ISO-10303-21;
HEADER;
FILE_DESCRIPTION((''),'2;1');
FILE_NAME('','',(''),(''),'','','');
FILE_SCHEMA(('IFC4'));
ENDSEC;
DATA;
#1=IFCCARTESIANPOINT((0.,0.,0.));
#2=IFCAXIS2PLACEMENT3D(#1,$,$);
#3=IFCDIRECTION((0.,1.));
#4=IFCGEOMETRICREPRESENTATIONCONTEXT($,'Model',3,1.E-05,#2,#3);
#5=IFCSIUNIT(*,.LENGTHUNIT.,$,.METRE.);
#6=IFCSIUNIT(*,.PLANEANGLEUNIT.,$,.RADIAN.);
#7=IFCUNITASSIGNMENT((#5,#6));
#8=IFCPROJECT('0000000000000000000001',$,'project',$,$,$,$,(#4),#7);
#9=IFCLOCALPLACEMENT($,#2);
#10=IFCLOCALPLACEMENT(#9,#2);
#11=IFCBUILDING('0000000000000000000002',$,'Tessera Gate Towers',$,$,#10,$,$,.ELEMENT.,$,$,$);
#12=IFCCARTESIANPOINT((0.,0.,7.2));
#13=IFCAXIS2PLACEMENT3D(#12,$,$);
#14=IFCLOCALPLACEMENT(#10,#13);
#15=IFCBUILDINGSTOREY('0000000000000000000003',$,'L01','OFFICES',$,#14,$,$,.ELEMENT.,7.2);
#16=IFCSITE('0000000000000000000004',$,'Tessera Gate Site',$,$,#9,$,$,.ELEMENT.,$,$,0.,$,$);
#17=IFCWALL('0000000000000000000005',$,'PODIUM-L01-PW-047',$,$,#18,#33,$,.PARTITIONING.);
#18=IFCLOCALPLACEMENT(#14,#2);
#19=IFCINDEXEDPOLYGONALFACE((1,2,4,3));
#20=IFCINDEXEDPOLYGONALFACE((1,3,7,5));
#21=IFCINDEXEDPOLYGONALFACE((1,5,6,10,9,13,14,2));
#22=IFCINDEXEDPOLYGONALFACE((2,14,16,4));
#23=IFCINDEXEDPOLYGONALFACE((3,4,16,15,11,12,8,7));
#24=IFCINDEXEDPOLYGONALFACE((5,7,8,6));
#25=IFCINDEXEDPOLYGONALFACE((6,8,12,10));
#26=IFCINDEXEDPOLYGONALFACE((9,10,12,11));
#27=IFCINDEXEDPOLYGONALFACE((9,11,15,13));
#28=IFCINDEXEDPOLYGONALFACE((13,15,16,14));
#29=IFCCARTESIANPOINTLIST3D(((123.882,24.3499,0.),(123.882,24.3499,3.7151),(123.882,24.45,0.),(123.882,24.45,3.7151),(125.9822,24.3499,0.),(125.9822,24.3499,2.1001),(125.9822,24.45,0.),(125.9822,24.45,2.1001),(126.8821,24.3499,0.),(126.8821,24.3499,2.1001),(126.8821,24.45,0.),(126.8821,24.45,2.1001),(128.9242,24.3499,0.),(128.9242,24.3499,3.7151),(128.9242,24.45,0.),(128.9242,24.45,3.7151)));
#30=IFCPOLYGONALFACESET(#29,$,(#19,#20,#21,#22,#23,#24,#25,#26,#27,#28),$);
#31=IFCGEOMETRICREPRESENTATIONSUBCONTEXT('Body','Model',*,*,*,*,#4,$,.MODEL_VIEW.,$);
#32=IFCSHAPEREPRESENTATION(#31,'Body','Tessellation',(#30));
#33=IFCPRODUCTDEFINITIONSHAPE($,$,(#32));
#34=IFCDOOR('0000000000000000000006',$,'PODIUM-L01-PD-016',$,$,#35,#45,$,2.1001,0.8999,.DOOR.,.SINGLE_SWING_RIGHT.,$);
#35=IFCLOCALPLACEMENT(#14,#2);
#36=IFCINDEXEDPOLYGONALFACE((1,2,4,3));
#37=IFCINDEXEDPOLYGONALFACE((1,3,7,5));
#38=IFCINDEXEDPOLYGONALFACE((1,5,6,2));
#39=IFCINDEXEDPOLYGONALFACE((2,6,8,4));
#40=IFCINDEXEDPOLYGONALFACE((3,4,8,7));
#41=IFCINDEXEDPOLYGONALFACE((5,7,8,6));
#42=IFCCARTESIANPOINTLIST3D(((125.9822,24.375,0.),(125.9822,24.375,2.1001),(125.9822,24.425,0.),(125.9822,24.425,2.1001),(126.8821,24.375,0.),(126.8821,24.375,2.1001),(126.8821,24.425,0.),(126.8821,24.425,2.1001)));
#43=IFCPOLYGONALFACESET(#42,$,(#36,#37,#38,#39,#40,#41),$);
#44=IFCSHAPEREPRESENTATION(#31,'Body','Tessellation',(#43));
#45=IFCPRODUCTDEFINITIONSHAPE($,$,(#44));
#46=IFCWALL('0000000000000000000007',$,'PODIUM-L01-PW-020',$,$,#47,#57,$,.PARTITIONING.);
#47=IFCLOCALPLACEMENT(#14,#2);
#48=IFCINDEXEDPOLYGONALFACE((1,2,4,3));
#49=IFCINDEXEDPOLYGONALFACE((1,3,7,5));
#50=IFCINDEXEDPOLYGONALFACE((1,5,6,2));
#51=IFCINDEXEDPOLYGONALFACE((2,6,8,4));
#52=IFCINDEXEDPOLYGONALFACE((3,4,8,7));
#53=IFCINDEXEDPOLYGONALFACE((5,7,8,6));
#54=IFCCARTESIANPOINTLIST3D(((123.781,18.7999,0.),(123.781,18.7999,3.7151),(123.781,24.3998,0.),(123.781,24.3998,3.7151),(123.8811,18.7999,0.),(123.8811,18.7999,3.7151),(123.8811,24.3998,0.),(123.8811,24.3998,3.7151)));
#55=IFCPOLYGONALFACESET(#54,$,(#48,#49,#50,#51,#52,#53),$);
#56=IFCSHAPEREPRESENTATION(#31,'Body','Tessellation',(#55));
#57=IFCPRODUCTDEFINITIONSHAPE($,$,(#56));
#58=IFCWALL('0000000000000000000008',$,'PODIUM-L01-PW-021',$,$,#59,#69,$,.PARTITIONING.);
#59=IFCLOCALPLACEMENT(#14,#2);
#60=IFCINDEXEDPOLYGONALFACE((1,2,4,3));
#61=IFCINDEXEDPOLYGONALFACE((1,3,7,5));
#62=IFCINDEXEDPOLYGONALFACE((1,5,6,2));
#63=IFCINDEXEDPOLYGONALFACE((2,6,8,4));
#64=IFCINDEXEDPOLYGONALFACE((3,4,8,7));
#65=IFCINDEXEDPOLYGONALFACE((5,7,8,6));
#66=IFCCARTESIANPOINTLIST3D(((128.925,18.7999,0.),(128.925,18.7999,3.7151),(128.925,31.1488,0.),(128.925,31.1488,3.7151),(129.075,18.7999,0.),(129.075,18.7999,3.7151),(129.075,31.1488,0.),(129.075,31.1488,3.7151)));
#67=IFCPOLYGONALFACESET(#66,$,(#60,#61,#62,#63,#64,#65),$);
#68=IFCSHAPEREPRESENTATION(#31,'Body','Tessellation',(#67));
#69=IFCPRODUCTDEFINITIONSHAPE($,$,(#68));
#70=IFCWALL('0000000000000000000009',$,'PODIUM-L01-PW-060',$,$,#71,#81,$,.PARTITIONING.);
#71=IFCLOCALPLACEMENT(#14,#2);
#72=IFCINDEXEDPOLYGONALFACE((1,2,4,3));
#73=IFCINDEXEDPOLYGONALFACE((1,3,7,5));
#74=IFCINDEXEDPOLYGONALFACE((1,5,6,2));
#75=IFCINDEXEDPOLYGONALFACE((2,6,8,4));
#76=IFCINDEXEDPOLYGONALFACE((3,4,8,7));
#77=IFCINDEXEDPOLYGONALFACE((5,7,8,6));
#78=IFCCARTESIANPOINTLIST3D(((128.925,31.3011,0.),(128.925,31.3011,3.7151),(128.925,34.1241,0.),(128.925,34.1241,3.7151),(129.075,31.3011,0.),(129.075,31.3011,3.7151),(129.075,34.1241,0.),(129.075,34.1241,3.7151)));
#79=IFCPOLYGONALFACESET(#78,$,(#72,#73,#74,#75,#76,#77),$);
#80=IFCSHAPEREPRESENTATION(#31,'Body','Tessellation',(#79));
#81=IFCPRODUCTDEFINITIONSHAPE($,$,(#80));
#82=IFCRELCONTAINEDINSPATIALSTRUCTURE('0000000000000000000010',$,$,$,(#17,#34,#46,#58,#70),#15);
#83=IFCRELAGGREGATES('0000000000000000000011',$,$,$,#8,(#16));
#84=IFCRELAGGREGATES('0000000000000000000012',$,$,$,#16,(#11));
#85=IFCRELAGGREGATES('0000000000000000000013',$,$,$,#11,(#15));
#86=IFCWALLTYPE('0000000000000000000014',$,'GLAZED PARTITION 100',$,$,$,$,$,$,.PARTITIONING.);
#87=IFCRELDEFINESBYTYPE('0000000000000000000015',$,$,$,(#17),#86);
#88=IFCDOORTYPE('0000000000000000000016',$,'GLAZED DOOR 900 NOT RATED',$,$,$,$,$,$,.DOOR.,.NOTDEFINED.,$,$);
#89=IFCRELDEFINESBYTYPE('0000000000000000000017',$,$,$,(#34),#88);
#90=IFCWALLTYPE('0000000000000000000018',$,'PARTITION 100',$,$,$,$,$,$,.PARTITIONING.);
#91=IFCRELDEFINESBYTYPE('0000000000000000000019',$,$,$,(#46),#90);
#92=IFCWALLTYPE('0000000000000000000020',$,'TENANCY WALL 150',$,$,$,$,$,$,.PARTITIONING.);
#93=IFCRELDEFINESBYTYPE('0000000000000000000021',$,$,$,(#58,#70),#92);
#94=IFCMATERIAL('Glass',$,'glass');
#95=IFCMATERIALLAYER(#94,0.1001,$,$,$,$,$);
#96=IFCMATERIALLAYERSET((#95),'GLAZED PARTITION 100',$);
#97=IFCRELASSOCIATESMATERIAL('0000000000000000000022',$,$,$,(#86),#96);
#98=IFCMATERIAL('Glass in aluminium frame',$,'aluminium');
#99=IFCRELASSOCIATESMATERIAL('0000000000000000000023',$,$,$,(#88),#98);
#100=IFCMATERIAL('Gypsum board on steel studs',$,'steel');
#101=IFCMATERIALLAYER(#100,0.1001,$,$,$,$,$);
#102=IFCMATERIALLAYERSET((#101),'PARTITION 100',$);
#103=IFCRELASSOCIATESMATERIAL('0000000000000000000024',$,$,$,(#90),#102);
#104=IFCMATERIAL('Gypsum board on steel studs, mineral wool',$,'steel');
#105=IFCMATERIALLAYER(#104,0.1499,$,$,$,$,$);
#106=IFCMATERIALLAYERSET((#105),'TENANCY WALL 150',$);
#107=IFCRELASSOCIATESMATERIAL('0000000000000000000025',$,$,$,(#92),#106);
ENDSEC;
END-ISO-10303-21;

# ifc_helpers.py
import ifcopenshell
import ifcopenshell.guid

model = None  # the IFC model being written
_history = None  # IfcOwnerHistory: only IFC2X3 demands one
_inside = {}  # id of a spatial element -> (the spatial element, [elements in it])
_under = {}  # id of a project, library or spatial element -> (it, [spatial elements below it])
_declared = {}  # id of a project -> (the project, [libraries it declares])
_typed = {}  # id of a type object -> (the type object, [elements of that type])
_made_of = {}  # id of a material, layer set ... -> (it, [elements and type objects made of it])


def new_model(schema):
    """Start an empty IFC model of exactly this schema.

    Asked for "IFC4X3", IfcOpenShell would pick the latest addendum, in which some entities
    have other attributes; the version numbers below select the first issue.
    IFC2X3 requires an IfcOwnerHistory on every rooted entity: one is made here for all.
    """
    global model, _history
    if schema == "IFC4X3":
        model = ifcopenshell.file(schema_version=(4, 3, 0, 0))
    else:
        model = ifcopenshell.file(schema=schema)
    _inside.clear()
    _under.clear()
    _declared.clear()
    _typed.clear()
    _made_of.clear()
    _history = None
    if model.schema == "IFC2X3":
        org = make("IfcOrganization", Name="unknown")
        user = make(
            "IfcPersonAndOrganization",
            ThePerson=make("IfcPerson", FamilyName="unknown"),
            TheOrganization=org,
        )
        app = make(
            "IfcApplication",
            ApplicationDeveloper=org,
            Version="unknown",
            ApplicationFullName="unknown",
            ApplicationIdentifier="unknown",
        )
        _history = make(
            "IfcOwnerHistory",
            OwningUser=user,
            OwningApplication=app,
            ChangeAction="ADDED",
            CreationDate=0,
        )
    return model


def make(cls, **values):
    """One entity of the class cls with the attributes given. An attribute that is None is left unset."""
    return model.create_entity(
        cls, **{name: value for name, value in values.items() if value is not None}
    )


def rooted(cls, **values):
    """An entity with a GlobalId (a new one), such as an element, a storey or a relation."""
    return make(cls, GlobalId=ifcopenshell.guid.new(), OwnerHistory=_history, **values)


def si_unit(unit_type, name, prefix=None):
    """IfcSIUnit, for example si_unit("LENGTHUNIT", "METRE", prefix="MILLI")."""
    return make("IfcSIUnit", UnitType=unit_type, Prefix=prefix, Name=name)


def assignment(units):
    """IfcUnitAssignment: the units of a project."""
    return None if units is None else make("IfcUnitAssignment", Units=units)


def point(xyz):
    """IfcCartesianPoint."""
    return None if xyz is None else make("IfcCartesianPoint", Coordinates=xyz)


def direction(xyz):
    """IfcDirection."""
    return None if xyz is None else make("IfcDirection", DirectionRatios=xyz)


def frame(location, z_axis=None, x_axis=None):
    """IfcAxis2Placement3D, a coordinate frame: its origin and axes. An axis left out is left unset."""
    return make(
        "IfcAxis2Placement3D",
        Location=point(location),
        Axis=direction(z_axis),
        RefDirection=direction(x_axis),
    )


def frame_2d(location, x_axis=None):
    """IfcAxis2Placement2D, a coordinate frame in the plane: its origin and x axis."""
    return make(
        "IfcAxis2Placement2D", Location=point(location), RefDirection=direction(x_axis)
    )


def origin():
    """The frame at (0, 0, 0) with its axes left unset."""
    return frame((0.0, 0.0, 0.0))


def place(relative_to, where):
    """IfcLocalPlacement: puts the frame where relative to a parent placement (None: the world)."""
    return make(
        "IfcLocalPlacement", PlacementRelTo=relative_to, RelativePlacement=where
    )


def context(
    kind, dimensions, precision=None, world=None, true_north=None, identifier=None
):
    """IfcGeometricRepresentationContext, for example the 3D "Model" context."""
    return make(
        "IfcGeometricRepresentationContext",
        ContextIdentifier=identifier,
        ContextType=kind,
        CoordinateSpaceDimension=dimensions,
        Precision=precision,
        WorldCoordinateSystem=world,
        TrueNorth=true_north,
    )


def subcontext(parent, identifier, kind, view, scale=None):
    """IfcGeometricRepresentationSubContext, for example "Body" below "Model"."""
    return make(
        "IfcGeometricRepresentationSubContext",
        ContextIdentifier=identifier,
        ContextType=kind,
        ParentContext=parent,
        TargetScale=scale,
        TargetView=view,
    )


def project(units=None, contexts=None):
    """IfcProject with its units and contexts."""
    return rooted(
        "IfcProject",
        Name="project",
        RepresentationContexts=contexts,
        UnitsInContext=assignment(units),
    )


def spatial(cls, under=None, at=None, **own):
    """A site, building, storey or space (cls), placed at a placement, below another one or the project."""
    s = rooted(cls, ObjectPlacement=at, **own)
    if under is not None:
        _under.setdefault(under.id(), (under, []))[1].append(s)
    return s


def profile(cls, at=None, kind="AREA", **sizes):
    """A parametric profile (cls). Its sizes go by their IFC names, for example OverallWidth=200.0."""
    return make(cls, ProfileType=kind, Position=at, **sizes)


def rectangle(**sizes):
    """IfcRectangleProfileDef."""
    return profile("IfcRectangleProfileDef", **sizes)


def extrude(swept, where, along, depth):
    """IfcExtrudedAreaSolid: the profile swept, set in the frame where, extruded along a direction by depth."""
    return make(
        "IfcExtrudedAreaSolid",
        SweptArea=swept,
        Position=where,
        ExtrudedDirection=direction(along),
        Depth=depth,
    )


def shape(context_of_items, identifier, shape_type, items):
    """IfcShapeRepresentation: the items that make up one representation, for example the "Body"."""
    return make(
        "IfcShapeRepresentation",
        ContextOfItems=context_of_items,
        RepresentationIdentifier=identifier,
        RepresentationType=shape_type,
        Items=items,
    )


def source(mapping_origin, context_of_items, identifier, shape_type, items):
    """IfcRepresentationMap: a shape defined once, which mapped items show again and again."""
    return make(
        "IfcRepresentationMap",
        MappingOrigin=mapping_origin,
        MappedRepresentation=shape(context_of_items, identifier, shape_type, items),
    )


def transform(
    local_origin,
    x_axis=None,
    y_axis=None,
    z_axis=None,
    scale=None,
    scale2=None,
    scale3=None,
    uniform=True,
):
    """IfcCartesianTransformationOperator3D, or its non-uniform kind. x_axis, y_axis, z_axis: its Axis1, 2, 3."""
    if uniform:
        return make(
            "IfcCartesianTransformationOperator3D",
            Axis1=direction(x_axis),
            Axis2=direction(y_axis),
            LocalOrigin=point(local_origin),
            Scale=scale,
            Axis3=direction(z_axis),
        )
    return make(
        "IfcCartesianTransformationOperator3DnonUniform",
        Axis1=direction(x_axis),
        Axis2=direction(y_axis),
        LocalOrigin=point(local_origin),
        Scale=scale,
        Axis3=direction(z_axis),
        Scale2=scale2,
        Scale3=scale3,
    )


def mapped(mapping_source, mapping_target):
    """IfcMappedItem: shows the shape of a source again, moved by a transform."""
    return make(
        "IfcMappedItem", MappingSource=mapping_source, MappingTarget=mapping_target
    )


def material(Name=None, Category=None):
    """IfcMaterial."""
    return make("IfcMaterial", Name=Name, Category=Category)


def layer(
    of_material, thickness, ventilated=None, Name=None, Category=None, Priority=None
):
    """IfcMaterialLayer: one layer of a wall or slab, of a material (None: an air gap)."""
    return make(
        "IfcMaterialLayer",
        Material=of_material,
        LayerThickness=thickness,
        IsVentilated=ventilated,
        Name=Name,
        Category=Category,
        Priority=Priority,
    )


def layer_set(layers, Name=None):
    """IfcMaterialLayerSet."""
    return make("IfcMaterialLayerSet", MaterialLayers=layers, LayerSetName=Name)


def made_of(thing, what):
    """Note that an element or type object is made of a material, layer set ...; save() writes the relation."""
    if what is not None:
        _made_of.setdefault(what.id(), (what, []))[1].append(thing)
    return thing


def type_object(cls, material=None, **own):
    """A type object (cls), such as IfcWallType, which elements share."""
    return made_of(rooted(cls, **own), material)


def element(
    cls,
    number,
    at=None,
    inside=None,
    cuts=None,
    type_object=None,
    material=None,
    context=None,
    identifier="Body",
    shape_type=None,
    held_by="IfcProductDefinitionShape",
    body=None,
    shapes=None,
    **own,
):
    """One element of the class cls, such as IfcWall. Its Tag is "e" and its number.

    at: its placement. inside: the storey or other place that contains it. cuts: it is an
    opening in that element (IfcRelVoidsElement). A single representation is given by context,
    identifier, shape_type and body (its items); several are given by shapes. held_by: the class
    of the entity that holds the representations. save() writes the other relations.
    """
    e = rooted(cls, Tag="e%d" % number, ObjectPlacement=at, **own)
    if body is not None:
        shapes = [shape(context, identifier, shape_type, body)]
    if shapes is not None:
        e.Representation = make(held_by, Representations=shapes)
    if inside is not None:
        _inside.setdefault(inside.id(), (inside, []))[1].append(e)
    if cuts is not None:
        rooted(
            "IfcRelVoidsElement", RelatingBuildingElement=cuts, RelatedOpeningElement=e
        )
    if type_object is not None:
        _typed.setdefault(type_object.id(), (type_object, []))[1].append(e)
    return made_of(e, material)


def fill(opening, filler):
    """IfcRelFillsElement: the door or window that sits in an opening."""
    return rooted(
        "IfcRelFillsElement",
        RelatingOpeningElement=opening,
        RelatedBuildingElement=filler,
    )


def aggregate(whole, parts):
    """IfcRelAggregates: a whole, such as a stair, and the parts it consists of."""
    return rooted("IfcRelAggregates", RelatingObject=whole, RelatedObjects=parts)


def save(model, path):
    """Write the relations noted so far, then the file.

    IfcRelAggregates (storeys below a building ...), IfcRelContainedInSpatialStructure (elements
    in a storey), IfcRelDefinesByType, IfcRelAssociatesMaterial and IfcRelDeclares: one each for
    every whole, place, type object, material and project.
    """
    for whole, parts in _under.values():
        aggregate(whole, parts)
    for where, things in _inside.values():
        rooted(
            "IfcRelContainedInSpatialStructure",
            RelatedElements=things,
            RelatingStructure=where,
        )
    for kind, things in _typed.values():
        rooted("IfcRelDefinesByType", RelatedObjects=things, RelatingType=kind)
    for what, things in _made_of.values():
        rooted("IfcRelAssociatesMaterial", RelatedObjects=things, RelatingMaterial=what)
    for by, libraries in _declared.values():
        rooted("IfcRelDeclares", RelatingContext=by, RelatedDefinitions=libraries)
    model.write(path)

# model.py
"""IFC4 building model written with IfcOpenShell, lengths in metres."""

from ifc_helpers import new_model, si_unit, direction, frame, frame_2d, origin, place, context, subcontext, project, spatial, rectangle, extrude, source, transform, mapped, material, layer, layer_set, type_object, element, fill, save


model = new_model("IFC4")

# Units and contexts
model_context = context("Model", 3, precision=1e-05, world=origin(), true_north=direction((0.0, 1.0)))
body_context = subcontext(model_context, "Body", "Model", "MODEL_VIEW")
ifc_project = project(units=[si_unit("LENGTHUNIT", "METRE"), si_unit("PLANEANGLEUNIT", "RADIAN")], contexts=[model_context])

# Site, building, storey
site_placement = place(None, origin())
site = spatial("IfcSite", under=ifc_project, at=site_placement, Name="Tessera Gate Site", CompositionType="ELEMENT", RefElevation=0.0)
building_placement = place(site_placement, origin())
building = spatial("IfcBuilding", under=site, at=building_placement, Name="Tessera Gate Towers", CompositionType="ELEMENT")
storey_placement = place(building_placement, frame((0.0, 0.0, 7.2)))
storey = spatial("IfcBuildingStorey", under=building, at=storey_placement, Name="L01", Description="OFFICES", CompositionType="ELEMENT", Elevation=7.2)

# Shared definitions
shared_shape_1 = source(origin(), body_context, "Body", "SweptSolid", [
    extrude(rectangle(XDim=0.8999, YDim=2.1001, at=frame_2d((0.45, 1.05))), frame((0.0, 0.0249, 0.0), z_axis=(0.0, -1.0, 0.0), x_axis=(1.0, 0.0, 0.0)), (0.0, 0.0, 1.0), 0.05),
])

# Shared definitions
ifc_material_1 = material(Name="Glass", Category="glass")
ifc_layer_1 = layer(ifc_material_1, 0.1001)
ifc_layer_set_1 = layer_set([ifc_layer_1], Name="GLAZED PARTITION 100")
wall_type_1 = type_object("IfcWallType", Name="GLAZED PARTITION 100", PredefinedType="PARTITIONING", material=ifc_layer_set_1)

# Wall, opening, door
wall_1_placement = place(storey_placement, frame((128.9241, 24.3999, 0.0), z_axis=(0.0, 0.0, 1.0), x_axis=(-1.0, 0.0, 0.0)))
wall_1 = element("IfcWall", 1, at=wall_1_placement, inside=storey, type_object=wall_type_1, Name="PODIUM-L01-PW-047", PredefinedType="PARTITIONING", context=body_context, shape_type="SweptSolid", body=[
    extrude(rectangle(XDim=5.0422, YDim=0.1001, at=frame_2d((2.521, 0.0))), origin(), (0.0, 0.0, 1.0), 3.7151),
])
shared_shape_2 = source(origin(), body_context, "Body", "SweptSolid", [
    extrude(rectangle(XDim=0.8999, YDim=2.1001, at=frame_2d((0.45, 1.05))), frame((0.0, 0.0601, 0.0), z_axis=(0.0, -1.0, 0.0), x_axis=(1.0, 0.0, 0.0)), (0.0, 0.0, 1.0), 0.1201),
])
opening_1_placement = place(wall_1_placement, frame((2.042, 0.0, 0.0)))
opening_1 = element("IfcOpeningElement", 2, at=opening_1_placement, cuts=wall_1, PredefinedType="OPENING", context=body_context, shape_type="MappedRepresentation", body=[
    mapped(shared_shape_2, transform((0.0, 0.0, 0.0), scale=1.0)),
])
ifc_material_2 = material(Name="Glass in aluminium frame", Category="aluminium")
door_type_1 = type_object("IfcDoorType", Name="GLAZED DOOR 900 NOT RATED", OperationType="NOTDEFINED", PredefinedType="DOOR", material=ifc_material_2)
door_1_placement = place(opening_1_placement, origin())
door_1 = element("IfcDoor", 3, at=door_1_placement, inside=storey, type_object=door_type_1, Name="PODIUM-L01-PD-016", OperationType="SINGLE_SWING_RIGHT", OverallHeight=2.1001, OverallWidth=0.8999, PredefinedType="DOOR", context=body_context, shape_type="MappedRepresentation", body=[
    mapped(shared_shape_1, transform((0.0, 0.0, 0.0), scale=1.0)),
])
fill(opening_1, door_1)

# Walls
ifc_material_3 = material(Name="Gypsum board on steel studs", Category="steel")
ifc_layer_2 = layer(ifc_material_3, 0.1001)
ifc_layer_set_2 = layer_set([ifc_layer_2], Name="PARTITION 100")
wall_type_2 = type_object("IfcWallType", Name="PARTITION 100", PredefinedType="PARTITIONING", material=ifc_layer_set_2)
wall_2_placement = place(storey_placement, frame((123.8311, 18.8, 0.0), z_axis=(0.0, 0.0, 1.0), x_axis=(0.0, 1.0, 0.0)))
element("IfcWall", 4, at=wall_2_placement, inside=storey, type_object=wall_type_2, Name="PODIUM-L01-PW-020", PredefinedType="PARTITIONING", context=body_context, shape_type="SweptSolid", body=[
    extrude(rectangle(XDim=5.5999, YDim=0.1001, at=frame_2d((2.7998, 0.0))), origin(), (0.0, 0.0, 1.0), 3.7151),
])
ifc_material_4 = material(Name="Gypsum board on steel studs, mineral wool", Category="steel")
ifc_layer_3 = layer(ifc_material_4, 0.1499)
ifc_layer_set_3 = layer_set([ifc_layer_3], Name="TENANCY WALL 150")
wall_type_3 = type_object("IfcWallType", Name="TENANCY WALL 150", PredefinedType="PARTITIONING", material=ifc_layer_set_3)
wall_3_placement = place(storey_placement, frame((129.0, 18.8, 0.0), z_axis=(0.0, 0.0, 1.0), x_axis=(0.0, 1.0, 0.0)))
element("IfcWall", 5, at=wall_3_placement, inside=storey, type_object=wall_type_3, Name="PODIUM-L01-PW-021", PredefinedType="PARTITIONING", context=body_context, shape_type="SweptSolid", body=[
    extrude(rectangle(XDim=12.3489, YDim=0.1499, at=frame_2d((6.1743, 0.0))), origin(), (0.0, 0.0, 1.0), 3.7151),
])
wall_4_placement = place(storey_placement, frame((129.0, 31.301, 0.0), z_axis=(0.0, 0.0, 1.0), x_axis=(0.0, 1.0, 0.0)))
element("IfcWall", 6, at=wall_4_placement, inside=storey, type_object=wall_type_3, Name="PODIUM-L01-PW-060", PredefinedType="PARTITIONING", context=body_context, shape_type="SweptSolid", body=[
    extrude(rectangle(XDim=2.823, YDim=0.1499, at=frame_2d((1.4116, 0.0))), origin(), (0.0, 0.0, 1.0), 3.7151),
])

save(model, "model.ifc")
